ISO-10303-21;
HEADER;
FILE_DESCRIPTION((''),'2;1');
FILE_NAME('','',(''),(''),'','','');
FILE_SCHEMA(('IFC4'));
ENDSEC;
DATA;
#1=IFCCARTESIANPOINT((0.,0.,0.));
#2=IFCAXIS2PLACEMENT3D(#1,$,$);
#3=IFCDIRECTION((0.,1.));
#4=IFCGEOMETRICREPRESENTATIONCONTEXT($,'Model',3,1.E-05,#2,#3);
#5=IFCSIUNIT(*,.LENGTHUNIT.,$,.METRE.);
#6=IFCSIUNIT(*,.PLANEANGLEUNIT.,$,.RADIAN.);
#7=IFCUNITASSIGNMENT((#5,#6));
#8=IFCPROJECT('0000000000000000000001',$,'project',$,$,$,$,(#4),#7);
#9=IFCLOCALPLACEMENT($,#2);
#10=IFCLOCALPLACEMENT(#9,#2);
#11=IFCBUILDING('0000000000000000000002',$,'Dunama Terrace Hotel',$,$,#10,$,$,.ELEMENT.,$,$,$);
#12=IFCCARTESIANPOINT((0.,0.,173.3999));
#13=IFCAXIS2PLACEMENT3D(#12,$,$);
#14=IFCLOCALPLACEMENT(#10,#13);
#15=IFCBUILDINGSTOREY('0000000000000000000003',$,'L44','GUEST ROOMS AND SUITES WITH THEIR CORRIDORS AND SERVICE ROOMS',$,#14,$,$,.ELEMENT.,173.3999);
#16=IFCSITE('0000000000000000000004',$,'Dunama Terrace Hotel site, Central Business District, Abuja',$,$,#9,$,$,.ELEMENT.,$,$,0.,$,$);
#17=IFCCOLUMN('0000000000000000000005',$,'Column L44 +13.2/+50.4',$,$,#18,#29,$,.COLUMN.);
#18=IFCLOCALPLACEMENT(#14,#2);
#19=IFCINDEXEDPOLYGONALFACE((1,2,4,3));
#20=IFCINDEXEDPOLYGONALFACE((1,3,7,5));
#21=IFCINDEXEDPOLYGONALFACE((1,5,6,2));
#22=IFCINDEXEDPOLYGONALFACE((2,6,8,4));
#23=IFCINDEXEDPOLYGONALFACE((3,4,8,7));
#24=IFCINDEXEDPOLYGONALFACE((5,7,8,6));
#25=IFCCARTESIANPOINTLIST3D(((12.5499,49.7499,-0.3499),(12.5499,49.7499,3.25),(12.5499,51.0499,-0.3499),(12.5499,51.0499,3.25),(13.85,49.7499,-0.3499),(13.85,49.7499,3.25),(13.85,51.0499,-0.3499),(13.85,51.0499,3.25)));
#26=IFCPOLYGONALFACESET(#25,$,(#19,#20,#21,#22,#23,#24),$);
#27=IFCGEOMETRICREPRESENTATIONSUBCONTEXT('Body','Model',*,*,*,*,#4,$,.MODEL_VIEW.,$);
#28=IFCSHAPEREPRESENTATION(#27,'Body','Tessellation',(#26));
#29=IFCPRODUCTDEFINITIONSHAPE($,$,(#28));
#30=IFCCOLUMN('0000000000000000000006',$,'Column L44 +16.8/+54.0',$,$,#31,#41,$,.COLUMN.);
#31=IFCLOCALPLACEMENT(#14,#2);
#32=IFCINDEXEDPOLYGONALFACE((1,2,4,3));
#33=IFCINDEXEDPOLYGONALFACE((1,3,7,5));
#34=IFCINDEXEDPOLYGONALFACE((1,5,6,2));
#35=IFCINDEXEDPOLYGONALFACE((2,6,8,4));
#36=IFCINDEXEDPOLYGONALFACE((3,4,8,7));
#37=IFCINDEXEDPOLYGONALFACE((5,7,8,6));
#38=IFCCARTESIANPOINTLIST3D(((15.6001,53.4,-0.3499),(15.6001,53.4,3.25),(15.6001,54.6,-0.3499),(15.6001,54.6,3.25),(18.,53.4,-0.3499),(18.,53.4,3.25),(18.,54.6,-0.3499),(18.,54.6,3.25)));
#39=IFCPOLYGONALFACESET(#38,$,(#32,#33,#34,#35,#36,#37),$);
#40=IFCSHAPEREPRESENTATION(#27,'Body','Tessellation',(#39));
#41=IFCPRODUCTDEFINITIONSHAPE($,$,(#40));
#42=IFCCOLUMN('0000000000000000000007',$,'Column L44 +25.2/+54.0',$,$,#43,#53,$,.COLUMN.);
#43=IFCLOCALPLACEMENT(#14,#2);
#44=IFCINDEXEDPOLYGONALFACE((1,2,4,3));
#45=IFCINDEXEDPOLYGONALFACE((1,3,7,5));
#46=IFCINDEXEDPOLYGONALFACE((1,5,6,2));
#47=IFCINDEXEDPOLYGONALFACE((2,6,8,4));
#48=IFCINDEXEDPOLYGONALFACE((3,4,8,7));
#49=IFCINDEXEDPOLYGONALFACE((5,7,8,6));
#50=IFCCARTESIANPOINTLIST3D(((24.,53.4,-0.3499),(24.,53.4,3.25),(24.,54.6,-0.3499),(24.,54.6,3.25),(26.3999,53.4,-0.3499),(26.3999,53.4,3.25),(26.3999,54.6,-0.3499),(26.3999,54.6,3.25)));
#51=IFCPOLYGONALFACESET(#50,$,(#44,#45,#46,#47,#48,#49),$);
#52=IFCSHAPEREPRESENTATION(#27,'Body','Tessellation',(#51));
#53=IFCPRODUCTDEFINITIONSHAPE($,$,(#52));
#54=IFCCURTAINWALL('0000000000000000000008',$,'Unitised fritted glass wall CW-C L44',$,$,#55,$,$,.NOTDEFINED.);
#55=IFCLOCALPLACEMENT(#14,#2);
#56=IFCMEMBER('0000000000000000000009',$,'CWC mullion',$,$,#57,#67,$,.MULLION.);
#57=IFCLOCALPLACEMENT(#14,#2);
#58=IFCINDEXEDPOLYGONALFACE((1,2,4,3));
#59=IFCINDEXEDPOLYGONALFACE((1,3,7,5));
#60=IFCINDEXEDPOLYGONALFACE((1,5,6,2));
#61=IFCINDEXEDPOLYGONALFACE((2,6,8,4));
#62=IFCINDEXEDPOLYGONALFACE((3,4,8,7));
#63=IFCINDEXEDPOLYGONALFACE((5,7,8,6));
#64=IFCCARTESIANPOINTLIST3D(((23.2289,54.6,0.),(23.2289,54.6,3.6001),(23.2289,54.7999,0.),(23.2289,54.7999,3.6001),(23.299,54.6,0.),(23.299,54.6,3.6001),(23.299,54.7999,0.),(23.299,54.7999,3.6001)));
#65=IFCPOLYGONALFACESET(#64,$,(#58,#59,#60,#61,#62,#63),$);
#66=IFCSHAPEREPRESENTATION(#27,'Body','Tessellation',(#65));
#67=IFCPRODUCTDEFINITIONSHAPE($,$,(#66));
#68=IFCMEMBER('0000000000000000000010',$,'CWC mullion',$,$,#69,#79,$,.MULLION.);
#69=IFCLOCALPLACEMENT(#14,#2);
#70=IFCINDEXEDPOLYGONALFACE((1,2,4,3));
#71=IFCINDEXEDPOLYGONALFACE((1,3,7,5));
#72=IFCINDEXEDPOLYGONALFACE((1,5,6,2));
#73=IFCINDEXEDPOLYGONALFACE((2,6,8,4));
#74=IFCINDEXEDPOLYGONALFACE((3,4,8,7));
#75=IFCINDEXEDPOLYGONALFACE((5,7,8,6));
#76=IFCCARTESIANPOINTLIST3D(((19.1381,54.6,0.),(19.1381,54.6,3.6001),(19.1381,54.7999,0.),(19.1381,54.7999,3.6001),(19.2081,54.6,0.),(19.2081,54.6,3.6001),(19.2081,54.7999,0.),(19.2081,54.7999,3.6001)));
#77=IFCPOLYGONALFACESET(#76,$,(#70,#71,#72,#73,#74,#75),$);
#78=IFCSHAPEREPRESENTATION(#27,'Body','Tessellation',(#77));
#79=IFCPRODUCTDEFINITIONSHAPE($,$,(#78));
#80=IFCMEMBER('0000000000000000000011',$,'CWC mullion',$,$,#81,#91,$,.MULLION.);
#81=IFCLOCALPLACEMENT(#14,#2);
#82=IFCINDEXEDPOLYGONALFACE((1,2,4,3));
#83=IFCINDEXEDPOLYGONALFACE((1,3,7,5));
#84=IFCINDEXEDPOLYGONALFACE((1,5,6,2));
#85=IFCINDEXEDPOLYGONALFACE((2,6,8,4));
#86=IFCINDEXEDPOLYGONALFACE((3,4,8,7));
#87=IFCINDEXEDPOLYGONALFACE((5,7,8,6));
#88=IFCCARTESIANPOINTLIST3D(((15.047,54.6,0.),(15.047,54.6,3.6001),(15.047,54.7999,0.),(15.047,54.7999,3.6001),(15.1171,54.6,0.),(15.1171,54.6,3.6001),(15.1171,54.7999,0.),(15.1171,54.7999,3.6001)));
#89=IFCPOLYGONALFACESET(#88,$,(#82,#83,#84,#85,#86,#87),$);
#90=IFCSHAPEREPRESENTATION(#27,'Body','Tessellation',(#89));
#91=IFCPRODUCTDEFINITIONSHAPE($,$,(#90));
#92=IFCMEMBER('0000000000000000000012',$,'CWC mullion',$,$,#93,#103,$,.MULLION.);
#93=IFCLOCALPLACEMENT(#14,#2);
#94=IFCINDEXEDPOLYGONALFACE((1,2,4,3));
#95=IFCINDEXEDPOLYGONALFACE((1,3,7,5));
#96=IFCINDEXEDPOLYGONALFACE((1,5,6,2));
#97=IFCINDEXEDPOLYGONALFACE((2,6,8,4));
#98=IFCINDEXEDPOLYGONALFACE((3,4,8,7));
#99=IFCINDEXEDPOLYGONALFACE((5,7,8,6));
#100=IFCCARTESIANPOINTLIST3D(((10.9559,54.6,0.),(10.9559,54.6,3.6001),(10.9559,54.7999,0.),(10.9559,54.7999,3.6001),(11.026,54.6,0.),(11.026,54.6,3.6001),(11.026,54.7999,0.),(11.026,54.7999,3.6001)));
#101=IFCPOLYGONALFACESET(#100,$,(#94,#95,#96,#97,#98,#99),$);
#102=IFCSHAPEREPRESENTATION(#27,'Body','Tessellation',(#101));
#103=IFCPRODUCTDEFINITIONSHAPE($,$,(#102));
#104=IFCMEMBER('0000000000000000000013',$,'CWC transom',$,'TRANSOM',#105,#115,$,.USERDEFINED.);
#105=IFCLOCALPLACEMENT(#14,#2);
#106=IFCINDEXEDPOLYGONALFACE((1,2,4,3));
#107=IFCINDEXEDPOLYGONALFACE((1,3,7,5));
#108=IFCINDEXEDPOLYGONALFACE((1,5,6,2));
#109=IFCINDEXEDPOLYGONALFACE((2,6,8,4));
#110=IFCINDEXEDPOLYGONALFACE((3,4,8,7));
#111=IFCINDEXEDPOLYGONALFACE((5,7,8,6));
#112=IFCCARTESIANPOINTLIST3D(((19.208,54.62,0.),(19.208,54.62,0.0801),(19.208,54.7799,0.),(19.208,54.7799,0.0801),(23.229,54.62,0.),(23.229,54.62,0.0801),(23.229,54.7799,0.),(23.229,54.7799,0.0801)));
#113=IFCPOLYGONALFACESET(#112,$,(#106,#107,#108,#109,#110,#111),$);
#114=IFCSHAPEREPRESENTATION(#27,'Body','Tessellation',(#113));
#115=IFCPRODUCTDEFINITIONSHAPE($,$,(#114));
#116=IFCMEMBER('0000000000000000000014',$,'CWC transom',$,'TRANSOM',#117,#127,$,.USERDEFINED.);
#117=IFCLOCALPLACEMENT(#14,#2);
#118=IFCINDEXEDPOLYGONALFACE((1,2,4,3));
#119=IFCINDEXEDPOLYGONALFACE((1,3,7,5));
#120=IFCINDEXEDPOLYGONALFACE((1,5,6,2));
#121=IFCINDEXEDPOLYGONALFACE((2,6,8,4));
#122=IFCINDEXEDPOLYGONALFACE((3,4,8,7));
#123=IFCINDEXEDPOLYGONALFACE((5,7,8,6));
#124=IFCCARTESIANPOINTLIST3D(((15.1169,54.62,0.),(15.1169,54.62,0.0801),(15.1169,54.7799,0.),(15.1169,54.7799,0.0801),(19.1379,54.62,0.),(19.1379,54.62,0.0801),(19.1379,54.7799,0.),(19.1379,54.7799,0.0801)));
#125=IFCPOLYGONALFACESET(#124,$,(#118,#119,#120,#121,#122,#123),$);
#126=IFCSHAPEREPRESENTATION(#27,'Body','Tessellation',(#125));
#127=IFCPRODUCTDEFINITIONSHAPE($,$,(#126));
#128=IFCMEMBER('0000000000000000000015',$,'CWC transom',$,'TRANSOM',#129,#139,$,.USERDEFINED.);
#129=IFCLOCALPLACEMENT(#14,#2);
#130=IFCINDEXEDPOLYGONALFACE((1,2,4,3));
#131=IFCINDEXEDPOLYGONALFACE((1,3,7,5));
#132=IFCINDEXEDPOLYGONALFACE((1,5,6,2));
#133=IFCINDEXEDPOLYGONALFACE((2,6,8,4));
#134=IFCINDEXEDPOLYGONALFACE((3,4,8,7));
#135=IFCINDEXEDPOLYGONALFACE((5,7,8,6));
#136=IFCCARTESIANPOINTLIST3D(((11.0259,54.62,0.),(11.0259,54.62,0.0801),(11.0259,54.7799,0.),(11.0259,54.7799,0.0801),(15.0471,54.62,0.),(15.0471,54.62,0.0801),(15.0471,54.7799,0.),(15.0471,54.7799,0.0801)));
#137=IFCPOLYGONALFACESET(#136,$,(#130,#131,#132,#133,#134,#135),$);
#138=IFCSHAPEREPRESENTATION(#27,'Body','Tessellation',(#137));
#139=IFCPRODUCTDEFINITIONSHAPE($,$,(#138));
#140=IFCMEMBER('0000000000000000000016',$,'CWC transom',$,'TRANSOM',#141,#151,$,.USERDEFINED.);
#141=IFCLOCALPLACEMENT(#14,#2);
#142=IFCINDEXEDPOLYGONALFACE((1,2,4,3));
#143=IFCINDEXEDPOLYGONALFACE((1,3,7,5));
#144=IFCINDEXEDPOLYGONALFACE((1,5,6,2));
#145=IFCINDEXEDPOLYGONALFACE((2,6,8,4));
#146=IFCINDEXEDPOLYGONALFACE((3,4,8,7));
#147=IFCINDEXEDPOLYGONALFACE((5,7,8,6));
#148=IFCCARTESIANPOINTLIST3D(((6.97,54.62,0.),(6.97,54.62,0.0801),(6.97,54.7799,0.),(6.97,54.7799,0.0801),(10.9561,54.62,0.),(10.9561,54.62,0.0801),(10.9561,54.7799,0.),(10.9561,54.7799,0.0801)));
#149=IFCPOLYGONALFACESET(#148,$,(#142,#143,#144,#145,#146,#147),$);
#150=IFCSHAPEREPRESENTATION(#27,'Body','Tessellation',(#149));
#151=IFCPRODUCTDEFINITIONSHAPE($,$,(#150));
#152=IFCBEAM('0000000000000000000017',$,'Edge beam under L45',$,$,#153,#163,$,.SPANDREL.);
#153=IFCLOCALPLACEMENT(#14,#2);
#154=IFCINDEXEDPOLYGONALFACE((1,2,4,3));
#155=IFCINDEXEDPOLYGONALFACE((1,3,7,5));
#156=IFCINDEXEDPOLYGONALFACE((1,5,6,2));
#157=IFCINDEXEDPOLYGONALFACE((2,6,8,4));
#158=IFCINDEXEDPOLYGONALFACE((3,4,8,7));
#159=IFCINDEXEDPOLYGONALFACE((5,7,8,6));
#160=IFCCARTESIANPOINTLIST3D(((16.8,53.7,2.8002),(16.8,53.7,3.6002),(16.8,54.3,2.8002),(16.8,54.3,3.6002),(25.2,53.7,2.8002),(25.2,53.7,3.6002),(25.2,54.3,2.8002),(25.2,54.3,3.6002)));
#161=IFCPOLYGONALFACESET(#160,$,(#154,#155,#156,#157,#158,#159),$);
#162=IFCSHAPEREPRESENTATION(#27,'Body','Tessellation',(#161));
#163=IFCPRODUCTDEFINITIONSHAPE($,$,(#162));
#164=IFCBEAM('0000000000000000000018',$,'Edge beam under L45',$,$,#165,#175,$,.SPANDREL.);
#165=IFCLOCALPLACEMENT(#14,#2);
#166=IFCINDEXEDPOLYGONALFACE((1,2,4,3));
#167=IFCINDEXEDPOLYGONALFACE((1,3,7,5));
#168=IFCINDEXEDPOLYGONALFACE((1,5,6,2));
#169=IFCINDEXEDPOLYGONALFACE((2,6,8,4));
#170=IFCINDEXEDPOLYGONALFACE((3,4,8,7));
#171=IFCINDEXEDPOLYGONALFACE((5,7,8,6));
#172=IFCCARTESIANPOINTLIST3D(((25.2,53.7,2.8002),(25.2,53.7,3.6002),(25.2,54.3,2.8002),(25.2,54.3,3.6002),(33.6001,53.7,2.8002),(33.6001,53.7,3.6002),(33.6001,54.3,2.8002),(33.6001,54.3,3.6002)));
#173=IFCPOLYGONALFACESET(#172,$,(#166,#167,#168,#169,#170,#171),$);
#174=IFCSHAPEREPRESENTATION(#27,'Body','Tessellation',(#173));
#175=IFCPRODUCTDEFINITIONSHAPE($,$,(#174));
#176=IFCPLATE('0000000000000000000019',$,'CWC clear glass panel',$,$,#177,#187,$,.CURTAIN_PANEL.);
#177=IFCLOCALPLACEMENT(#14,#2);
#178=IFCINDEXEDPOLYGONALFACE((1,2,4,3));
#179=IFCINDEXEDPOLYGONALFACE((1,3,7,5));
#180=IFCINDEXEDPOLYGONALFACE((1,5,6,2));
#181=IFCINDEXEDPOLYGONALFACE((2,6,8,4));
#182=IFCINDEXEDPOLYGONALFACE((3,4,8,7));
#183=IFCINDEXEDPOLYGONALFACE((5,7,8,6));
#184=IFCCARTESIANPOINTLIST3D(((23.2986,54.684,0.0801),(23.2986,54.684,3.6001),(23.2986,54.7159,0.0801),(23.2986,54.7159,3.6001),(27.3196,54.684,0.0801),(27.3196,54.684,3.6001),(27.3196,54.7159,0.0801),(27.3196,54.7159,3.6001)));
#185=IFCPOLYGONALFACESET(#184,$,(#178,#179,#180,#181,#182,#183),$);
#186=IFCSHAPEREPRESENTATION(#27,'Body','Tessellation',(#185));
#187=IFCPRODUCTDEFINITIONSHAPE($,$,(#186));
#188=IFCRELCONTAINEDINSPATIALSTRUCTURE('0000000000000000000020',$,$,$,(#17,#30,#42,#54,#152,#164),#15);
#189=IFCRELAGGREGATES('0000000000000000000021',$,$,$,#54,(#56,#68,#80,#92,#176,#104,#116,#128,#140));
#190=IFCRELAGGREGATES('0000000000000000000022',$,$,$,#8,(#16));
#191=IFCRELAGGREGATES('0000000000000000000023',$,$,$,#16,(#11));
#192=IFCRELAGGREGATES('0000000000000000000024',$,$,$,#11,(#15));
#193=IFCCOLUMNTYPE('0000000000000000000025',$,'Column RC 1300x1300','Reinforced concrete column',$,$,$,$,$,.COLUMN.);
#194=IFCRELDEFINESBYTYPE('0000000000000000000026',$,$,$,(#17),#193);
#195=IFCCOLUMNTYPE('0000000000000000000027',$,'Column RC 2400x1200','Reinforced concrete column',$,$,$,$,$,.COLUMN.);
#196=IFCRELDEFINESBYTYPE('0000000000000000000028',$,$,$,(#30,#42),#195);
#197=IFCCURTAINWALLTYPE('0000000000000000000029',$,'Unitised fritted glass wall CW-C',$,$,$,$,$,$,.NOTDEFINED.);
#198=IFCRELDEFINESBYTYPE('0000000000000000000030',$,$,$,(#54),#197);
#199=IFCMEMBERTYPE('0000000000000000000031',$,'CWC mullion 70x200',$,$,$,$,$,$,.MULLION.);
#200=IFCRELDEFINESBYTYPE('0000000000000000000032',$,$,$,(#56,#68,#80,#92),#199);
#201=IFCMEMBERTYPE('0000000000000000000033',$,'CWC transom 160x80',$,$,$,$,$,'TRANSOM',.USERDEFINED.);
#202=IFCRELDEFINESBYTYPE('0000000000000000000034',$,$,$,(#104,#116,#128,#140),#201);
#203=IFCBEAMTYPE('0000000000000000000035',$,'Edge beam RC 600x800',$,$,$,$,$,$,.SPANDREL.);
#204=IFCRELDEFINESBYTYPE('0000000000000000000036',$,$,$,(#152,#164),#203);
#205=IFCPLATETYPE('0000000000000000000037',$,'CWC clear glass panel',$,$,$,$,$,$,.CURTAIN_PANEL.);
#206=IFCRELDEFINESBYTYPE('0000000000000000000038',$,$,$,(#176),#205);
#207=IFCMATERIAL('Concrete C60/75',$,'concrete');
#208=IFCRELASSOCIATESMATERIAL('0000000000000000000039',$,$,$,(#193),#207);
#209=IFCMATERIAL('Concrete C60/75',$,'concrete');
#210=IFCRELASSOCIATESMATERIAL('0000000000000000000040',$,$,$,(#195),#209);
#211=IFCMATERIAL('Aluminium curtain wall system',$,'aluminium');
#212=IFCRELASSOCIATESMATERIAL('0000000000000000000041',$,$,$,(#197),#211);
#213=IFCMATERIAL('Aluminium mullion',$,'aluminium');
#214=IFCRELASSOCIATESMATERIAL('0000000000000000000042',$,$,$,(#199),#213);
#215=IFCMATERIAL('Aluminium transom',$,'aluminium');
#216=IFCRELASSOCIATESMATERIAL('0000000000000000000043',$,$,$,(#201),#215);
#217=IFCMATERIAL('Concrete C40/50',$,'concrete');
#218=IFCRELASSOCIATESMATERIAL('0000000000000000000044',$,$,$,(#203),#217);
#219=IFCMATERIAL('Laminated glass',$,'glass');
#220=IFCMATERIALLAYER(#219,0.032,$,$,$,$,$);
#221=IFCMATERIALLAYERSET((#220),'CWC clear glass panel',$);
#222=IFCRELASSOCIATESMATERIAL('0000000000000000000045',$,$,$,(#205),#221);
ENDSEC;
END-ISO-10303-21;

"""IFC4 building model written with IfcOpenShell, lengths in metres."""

from ifc_helpers import new_model, si_unit, direction, frame, origin, origin_2d, place, context, subcontext, project, spatial, rectangle, extrude, material, layer, layer_set, material_profile, profile_set, type_object, element, aggregate, save


model = new_model("IFC4")

# Units and contexts
model_context = context("Model", 3, precision=1e-05, world=origin(), true_north=direction((0.0, 1.0)))
body_context = subcontext(model_context, "Body", "Model", "MODEL_VIEW")
ifc_project = project(units=[si_unit("LENGTHUNIT", "METRE"), si_unit("PLANEANGLEUNIT", "RADIAN")], contexts=[model_context])

# Site, building, storey
site_placement = place(None, origin())
site = spatial("IfcSite", under=ifc_project, at=site_placement, Name="Dunama Terrace Hotel site, Central Business District, Abuja", CompositionType="ELEMENT", RefElevation=0.0)
building_placement = place(site_placement, origin())
building = spatial("IfcBuilding", under=site, at=building_placement, Name="Dunama Terrace Hotel", CompositionType="ELEMENT")
storey_placement = place(building_placement, frame((0.0, 0.0, 173.3999)))
storey = spatial("IfcBuildingStorey", under=building, at=storey_placement, Name="L44", Description="GUEST ROOMS AND SUITES WITH THEIR CORRIDORS AND SERVICE ROOMS", CompositionType="ELEMENT", Elevation=173.3999)

# Columns
ifc_material_1 = material(Name="Concrete C60/75", Category="concrete")
ifc_material_profile_1 = material_profile(ifc_material_1, rectangle(XDim=1.3, YDim=1.3, at=origin_2d()), Name="RC 1300x1300")
ifc_profile_set_1 = profile_set([ifc_material_profile_1], Name="Concrete C60/75")
column_type_1 = type_object("IfcColumnType", Name="Column RC 1300x1300", Description="Reinforced concrete column", PredefinedType="COLUMN", material=ifc_profile_set_1)
column_placement = place(storey_placement, frame((13.2, 50.3999, -0.3499), z_axis=(0.0, 0.0, 1.0), x_axis=(1.0, 0.0, 0.0)))
element("IfcColumn", 1, at=column_placement, inside=storey, type_object=column_type_1, Name="Column L44 +13.2/+50.4", PredefinedType="COLUMN", context=body_context, shape_type="SweptSolid", body=[
    extrude(rectangle(XDim=1.3, YDim=1.3, at=origin_2d()), origin(), (0.0, 0.0, 1.0), 3.5999),
])
ifc_material_2 = material(Name="Concrete C60/75", Category="concrete")
ifc_material_profile_2 = material_profile(ifc_material_2, rectangle(XDim=2.3999, YDim=1.2, at=origin_2d()), Name="RC 2400x1200")
ifc_profile_set_2 = profile_set([ifc_material_profile_2], Name="Concrete C60/75")
column_type_2 = type_object("IfcColumnType", Name="Column RC 2400x1200", Description="Reinforced concrete column", PredefinedType="COLUMN", material=ifc_profile_set_2)
for number, where, z_axis, x_axis, name in (
    (2, (16.8, 54.0, -0.3499), (0.0, 0.0, 1.0), (1.0, 0.0, 0.0), "Column L44 +16.8/+54.0"),
    (3, (25.2, 54.0, -0.3499), (0.0, 0.0, 1.0), (1.0, 0.0, 0.0), "Column L44 +25.2/+54.0"),
):
    element("IfcColumn", number, at=place(storey_placement, frame(where, z_axis=z_axis, x_axis=x_axis)), inside=storey, type_object=column_type_2, Name=name, PredefinedType="COLUMN", context=body_context, shape_type="SweptSolid", body=[
        extrude(rectangle(XDim=2.3999, YDim=1.2, at=origin_2d()), origin(), (0.0, 0.0, 1.0), 3.5999),
    ])

# Curtain wall, members
ifc_material_3 = material(Name="Aluminium curtain wall system", Category="aluminium")
curtain_wall_type = type_object("IfcCurtainWallType", Name="Unitised fritted glass wall CW-C", PredefinedType="NOTDEFINED", material=ifc_material_3)
curtain_wall_placement = place(storey_placement, origin())
curtain_wall = element("IfcCurtainWall", 4, at=curtain_wall_placement, inside=storey, type_object=curtain_wall_type, Name="Unitised fritted glass wall CW-C L44", PredefinedType="NOTDEFINED")
ifc_material_4 = material(Name="Aluminium mullion", Category="aluminium")
ifc_material_profile_3 = material_profile(ifc_material_4, rectangle(XDim=0.0701, YDim=0.2, at=origin_2d()), Name="CWC MULLION 70X200")
ifc_profile_set_3 = profile_set([ifc_material_profile_3], Name="Aluminium mullion")
member_type_1 = type_object("IfcMemberType", Name="CWC mullion 70x200", PredefinedType="MULLION", material=ifc_profile_set_3)
member_1_placement = place(storey_placement, frame((23.2639, 54.7, 0.0), z_axis=(0.0, 0.0, 1.0), x_axis=(-1.0, 0.0, 0.0)))
member_1 = element("IfcMember", 5, at=member_1_placement, type_object=member_type_1, Name="CWC mullion", PredefinedType="MULLION", context=body_context, shape_type="SweptSolid", body=[
    extrude(rectangle(XDim=0.0701, YDim=0.2, at=origin_2d()), origin(), (0.0, 0.0, 1.0), 3.6001),
])
member_2_placement = place(storey_placement, frame((19.1731, 54.7, 0.0), z_axis=(0.0, 0.0, 1.0), x_axis=(-1.0, 0.0, 0.0)))
member_2 = element("IfcMember", 6, at=member_2_placement, type_object=member_type_1, Name="CWC mullion", PredefinedType="MULLION", context=body_context, shape_type="SweptSolid", body=[
    extrude(rectangle(XDim=0.0701, YDim=0.2, at=origin_2d()), origin(), (0.0, 0.0, 1.0), 3.6001),
])
member_3_placement = place(storey_placement, frame((15.082, 54.7, 0.0), z_axis=(0.0, 0.0, 1.0), x_axis=(-1.0, 0.0, 0.0)))
member_3 = element("IfcMember", 7, at=member_3_placement, type_object=member_type_1, Name="CWC mullion", PredefinedType="MULLION", context=body_context, shape_type="SweptSolid", body=[
    extrude(rectangle(XDim=0.0701, YDim=0.2, at=origin_2d()), origin(), (0.0, 0.0, 1.0), 3.6001),
])
member_4_placement = place(storey_placement, frame((10.991, 54.7, 0.0), z_axis=(0.0, 0.0, 1.0), x_axis=(-1.0, 0.0, 0.0)))
member_4 = element("IfcMember", 8, at=member_4_placement, type_object=member_type_1, Name="CWC mullion", PredefinedType="MULLION", context=body_context, shape_type="SweptSolid", body=[
    extrude(rectangle(XDim=0.0701, YDim=0.2, at=origin_2d()), origin(), (0.0, 0.0, 1.0), 3.6001),
])
ifc_material_5 = material(Name="Aluminium transom", Category="aluminium")
ifc_material_profile_4 = material_profile(ifc_material_5, rectangle(XDim=0.1599, YDim=0.0801, at=origin_2d()), Name="CWC TRANSOM 160X80")
ifc_profile_set_4 = profile_set([ifc_material_profile_4], Name="Aluminium transom")
member_type_2 = type_object("IfcMemberType", Name="CWC transom 160x80", ElementType="TRANSOM", PredefinedType="USERDEFINED", material=ifc_profile_set_4)
member_5_placement = place(storey_placement, frame((23.229, 54.7, 0.04), z_axis=(-1.0, 0.0, 0.0), x_axis=(0.0, -1.0, 0.0)))
member_5 = element("IfcMember", 9, at=member_5_placement, type_object=member_type_2, Name="CWC transom", ObjectType="TRANSOM", PredefinedType="USERDEFINED", context=body_context, shape_type="SweptSolid", body=[
    extrude(rectangle(XDim=0.1599, YDim=0.0801, at=origin_2d()), origin(), (0.0, 0.0, 1.0), 4.021),
])
member_6_placement = place(storey_placement, frame((19.1379, 54.7, 0.04), z_axis=(-1.0, 0.0, 0.0), x_axis=(0.0, -1.0, 0.0)))
member_6 = element("IfcMember", 10, at=member_6_placement, type_object=member_type_2, Name="CWC transom", ObjectType="TRANSOM", PredefinedType="USERDEFINED", context=body_context, shape_type="SweptSolid", body=[
    extrude(rectangle(XDim=0.1599, YDim=0.0801, at=origin_2d()), origin(), (0.0, 0.0, 1.0), 4.021),
])
member_7_placement = place(storey_placement, frame((15.0471, 54.7, 0.04), z_axis=(-1.0, 0.0, 0.0), x_axis=(0.0, -1.0, 0.0)))
member_7 = element("IfcMember", 11, at=member_7_placement, type_object=member_type_2, Name="CWC transom", ObjectType="TRANSOM", PredefinedType="USERDEFINED", context=body_context, shape_type="SweptSolid", body=[
    extrude(rectangle(XDim=0.1599, YDim=0.0801, at=origin_2d()), origin(), (0.0, 0.0, 1.0), 4.0212),
])
member_8_placement = place(storey_placement, frame((10.9561, 54.7, 0.04), z_axis=(-1.0, 0.0, 0.0), x_axis=(0.0, -1.0, 0.0)))
member_8 = element("IfcMember", 12, at=member_8_placement, type_object=member_type_2, Name="CWC transom", ObjectType="TRANSOM", PredefinedType="USERDEFINED", context=body_context, shape_type="SweptSolid", body=[
    extrude(rectangle(XDim=0.1599, YDim=0.0801, at=origin_2d()), origin(), (0.0, 0.0, 1.0), 3.9861),
])

# Beams
ifc_material_6 = material(Name="Concrete C40/50", Category="concrete")
ifc_material_profile_5 = material_profile(ifc_material_6, rectangle(XDim=0.6001, YDim=0.8, at=origin_2d()), Name="RC 600x800")
ifc_profile_set_5 = profile_set([ifc_material_profile_5], Name="Concrete C40/50")
beam_type = type_object("IfcBeamType", Name="Edge beam RC 600x800", PredefinedType="SPANDREL", material=ifc_profile_set_5)
beam_1_placement = place(storey_placement, frame((16.8, 54.0, 3.2002), z_axis=(1.0, 0.0, 0.0), x_axis=(0.0, 1.0, 0.0)))
element("IfcBeam", 13, at=beam_1_placement, inside=storey, type_object=beam_type, Name="Edge beam under L45", PredefinedType="SPANDREL", context=body_context, shape_type="SweptSolid", body=[
    extrude(rectangle(XDim=0.6001, YDim=0.8, at=origin_2d()), origin(), (0.0, 0.0, 1.0), 8.3999),
])
beam_2_placement = place(storey_placement, frame((25.2, 54.0, 3.2002), z_axis=(1.0, 0.0, 0.0), x_axis=(0.0, 1.0, 0.0)))
element("IfcBeam", 14, at=beam_2_placement, inside=storey, type_object=beam_type, Name="Edge beam under L45", PredefinedType="SPANDREL", context=body_context, shape_type="SweptSolid", body=[
    extrude(rectangle(XDim=0.6001, YDim=0.8, at=origin_2d()), origin(), (0.0, 0.0, 1.0), 8.4001),
])

# Plate
ifc_material_7 = material(Name="Laminated glass", Category="glass")
ifc_layer_1 = layer(ifc_material_7, 0.032)
ifc_layer_set_1 = layer_set([ifc_layer_1], Name="CWC clear glass panel")
plate_type_1 = type_object("IfcPlateType", Name="CWC clear glass panel", PredefinedType="CURTAIN_PANEL", material=ifc_layer_set_1)
plate_1_placement = place(storey_placement, frame((25.3091, 54.7, 0.0801), z_axis=(0.0, 0.0, 1.0), x_axis=(-1.0, 0.0, 0.0)))
plate_1 = element("IfcPlate", 15, at=plate_1_placement, type_object=plate_type_1, Name="CWC clear glass panel", PredefinedType="CURTAIN_PANEL", context=body_context, shape_type="SweptSolid", body=[
    extrude(rectangle(XDim=4.021, YDim=0.032, at=origin_2d()), origin(), (0.0, 0.0, 1.0), 3.52),
])
aggregate(curtain_wall, [member_1, member_2, member_3, member_4, plate_1, member_5, member_6, member_7, member_8])

save(model, "model.ifc")
